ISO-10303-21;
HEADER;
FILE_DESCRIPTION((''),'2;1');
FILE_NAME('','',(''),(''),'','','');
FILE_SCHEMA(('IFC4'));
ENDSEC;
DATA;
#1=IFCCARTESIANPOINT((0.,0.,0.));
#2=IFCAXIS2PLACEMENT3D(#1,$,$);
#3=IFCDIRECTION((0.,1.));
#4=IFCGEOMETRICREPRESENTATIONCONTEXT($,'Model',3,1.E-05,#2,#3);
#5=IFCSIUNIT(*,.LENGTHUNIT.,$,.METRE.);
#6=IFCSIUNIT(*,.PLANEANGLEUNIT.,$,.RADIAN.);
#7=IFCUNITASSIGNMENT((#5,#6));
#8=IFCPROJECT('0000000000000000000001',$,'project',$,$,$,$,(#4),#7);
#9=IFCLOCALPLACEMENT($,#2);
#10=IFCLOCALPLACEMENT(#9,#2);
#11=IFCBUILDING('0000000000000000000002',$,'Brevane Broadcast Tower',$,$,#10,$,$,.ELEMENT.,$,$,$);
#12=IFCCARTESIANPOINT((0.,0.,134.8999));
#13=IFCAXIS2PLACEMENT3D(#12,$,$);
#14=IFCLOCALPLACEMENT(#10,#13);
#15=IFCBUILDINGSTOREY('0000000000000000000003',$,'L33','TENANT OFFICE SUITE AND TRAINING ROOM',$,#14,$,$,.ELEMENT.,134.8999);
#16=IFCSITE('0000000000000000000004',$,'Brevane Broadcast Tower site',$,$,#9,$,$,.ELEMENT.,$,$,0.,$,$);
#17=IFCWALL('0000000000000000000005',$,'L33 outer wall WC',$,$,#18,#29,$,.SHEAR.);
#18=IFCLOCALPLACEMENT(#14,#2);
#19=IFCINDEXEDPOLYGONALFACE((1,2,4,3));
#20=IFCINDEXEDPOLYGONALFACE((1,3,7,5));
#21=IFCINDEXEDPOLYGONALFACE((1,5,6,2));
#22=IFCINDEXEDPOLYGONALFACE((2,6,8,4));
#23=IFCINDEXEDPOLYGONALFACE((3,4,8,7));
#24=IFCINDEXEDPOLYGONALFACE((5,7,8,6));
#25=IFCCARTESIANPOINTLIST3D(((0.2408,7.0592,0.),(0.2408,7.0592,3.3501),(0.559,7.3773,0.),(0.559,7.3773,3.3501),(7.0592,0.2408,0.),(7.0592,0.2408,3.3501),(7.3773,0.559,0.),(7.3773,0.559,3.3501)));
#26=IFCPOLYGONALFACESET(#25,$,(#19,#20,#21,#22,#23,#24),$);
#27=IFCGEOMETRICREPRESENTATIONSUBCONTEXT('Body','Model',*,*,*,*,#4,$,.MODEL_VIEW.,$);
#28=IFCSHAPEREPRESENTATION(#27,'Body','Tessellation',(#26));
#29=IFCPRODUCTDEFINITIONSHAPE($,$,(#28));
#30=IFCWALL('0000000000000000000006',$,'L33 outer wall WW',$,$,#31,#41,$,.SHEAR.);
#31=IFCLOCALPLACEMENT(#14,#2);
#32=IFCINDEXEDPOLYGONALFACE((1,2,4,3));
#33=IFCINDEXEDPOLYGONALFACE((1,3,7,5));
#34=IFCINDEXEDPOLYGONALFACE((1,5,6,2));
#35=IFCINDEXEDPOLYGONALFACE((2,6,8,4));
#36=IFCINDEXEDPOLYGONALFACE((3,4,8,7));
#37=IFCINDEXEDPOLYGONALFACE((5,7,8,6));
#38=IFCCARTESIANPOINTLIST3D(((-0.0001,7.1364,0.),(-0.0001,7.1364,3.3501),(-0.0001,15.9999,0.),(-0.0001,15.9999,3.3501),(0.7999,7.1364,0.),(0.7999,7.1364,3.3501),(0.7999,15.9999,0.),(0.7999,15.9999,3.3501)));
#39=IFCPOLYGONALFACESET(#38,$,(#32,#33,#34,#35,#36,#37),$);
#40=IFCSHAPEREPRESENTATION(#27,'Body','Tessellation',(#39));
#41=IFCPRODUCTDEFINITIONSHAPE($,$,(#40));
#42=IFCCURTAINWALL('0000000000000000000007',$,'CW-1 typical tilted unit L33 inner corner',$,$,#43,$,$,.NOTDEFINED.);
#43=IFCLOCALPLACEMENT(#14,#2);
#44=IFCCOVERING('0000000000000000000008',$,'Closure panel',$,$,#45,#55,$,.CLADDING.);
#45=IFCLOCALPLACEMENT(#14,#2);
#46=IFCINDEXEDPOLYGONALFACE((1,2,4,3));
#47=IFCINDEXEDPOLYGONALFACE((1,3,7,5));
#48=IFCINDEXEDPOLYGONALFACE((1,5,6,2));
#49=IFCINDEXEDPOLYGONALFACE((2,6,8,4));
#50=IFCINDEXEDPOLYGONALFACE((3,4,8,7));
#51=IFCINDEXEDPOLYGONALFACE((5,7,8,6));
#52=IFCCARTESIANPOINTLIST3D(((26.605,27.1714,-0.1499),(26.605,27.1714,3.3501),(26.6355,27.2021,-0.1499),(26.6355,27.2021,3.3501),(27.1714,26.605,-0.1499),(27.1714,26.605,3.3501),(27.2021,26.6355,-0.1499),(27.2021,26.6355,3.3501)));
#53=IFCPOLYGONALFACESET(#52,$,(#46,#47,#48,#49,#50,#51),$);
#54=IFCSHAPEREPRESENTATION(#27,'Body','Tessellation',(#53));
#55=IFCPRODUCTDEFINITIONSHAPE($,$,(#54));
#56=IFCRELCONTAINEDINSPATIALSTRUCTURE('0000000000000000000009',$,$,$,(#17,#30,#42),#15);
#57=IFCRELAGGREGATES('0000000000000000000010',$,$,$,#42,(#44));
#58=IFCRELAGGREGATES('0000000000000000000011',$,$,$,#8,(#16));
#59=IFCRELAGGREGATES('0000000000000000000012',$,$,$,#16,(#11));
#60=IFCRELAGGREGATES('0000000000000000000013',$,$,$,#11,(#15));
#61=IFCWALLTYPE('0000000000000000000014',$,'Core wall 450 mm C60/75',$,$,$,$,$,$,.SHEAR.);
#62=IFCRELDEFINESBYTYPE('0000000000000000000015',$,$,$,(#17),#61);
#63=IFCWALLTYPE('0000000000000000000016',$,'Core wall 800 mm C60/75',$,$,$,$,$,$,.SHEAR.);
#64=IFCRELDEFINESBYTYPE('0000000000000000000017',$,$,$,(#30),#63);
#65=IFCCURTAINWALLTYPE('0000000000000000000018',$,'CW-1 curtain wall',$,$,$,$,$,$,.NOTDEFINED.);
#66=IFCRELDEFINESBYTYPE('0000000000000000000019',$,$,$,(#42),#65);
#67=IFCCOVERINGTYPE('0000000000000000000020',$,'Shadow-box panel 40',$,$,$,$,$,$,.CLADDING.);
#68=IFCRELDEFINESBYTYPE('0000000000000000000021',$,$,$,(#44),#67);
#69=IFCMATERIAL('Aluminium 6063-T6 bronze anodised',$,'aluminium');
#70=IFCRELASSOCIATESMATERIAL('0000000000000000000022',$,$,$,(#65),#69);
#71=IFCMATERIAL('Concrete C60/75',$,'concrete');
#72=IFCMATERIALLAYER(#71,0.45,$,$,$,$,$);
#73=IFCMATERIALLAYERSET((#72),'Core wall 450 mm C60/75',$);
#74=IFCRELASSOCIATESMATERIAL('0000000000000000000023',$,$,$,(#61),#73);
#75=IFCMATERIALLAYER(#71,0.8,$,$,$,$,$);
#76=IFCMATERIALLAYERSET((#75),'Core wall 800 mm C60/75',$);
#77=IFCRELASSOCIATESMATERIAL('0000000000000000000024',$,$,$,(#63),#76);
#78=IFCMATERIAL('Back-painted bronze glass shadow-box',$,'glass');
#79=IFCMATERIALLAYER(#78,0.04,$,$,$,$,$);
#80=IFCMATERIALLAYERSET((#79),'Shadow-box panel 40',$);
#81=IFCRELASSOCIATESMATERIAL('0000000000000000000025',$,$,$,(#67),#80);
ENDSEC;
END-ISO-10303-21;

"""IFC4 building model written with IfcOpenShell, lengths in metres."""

from ifc_helpers import new_model, si_unit, direction, frame, frame_2d, origin, place, context, subcontext, project, spatial, polyline, rectangle, outline, extrude, material, layer, layer_set, type_object, element, aggregate, save


model = new_model("IFC4")

# Units and contexts
model_context = context("Model", 3, precision=1e-05, world=origin(), true_north=direction((0.0, 1.0)))
body_context = subcontext(model_context, "Body", "Model", "MODEL_VIEW")
ifc_project = project(units=[si_unit("LENGTHUNIT", "METRE"), si_unit("PLANEANGLEUNIT", "RADIAN")], contexts=[model_context])

# Site, building, storey
site_placement = place(None, origin())
site = spatial("IfcSite", under=ifc_project, at=site_placement, Name="Brevane Broadcast Tower site", CompositionType="ELEMENT", RefElevation=0.0)
building_placement = place(site_placement, origin())
building = spatial("IfcBuilding", under=site, at=building_placement, Name="Brevane Broadcast Tower", CompositionType="ELEMENT")
storey_placement = place(building_placement, frame((0.0, 0.0, 134.8999)))
storey = spatial("IfcBuildingStorey", under=building, at=storey_placement, Name="L33", Description="TENANT OFFICE SUITE AND TRAINING ROOM", CompositionType="ELEMENT", Elevation=134.8999)

# Shared definitions
ifc_material_1 = material(Name="Aluminium 6063-T6 bronze anodised", Category="aluminium")
curtain_wall_type = type_object("IfcCurtainWallType", Name="CW-1 curtain wall", PredefinedType="NOTDEFINED", material=ifc_material_1)

# Shared definitions
ifc_material_2 = material(Name="Concrete C60/75", Category="concrete")

# Walls
ifc_layer_1 = layer(ifc_material_2, 0.45)
ifc_layer_set_1 = layer_set([ifc_layer_1], Name="Core wall 450 mm C60/75")
wall_type_1 = type_object("IfcWallType", Name="Core wall 450 mm C60/75", PredefinedType="SHEAR", material=ifc_layer_set_1)
wall_1_placement = place(storey_placement, frame((0.3999, 7.2183, 0.0), z_axis=(0.0, 0.0, 1.0), x_axis=(0.707107, -0.707107, 0.0)))
element("IfcWall", 1, at=wall_1_placement, inside=storey, type_object=wall_type_1, Name="L33 outer wall WC", PredefinedType="SHEAR", context=body_context, shape_type="SweptSolid", body=[
    extrude(rectangle(XDim=9.6426, YDim=0.45, at=frame_2d((4.8213, 0.0))), origin(), (0.0, 0.0, 1.0), 3.3501),
])
ifc_layer_2 = layer(ifc_material_2, 0.8)
ifc_layer_set_2 = layer_set([ifc_layer_2], Name="Core wall 800 mm C60/75")
wall_type_2 = type_object("IfcWallType", Name="Core wall 800 mm C60/75", PredefinedType="SHEAR", material=ifc_layer_set_2)
wall_2_placement = place(storey_placement, frame((0.3999, 7.1365, 0.0), z_axis=(0.0, 0.0, 1.0), x_axis=(0.0, 1.0, 0.0)))
element("IfcWall", 2, at=wall_2_placement, inside=storey, type_object=wall_type_2, Name="L33 outer wall WW", PredefinedType="SHEAR", context=body_context, shape_type="SweptSolid", body=[
    extrude(rectangle(XDim=8.8635, YDim=0.8, at=frame_2d((4.4316, 0.0))), origin(), (0.0, 0.0, 1.0), 3.3501),
])

# Curtain wall, covering
curtain_wall_1_placement = place(storey_placement, origin())
curtain_wall_1 = element("IfcCurtainWall", 3, at=curtain_wall_1_placement, inside=storey, type_object=curtain_wall_type, Name="CW-1 typical tilted unit L33 inner corner", PredefinedType="NOTDEFINED")
ifc_material_3 = material(Name="Back-painted bronze glass shadow-box", Category="glass")
ifc_layer_3 = layer(ifc_material_3, 0.04)
ifc_layer_set_3 = layer_set([ifc_layer_3], Name="Shadow-box panel 40")
covering_type = type_object("IfcCoveringType", Name="Shadow-box panel 40", PredefinedType="CLADDING", material=ifc_layer_set_3)
covering_placement = place(storey_placement, frame((0.0, 0.0, -0.1499)))
covering = element("IfcCovering", 4, at=covering_placement, type_object=covering_type, Name="Closure panel", PredefinedType="CLADDING", context=body_context, shape_type="SweptSolid", body=[
    extrude(outline(polyline([(27.1714, 26.605), (27.2021, 26.6355), (26.6355, 27.2021), (26.605, 27.1714), (27.1714, 26.605)])), origin(), (0.0, 0.0, 1.0), 3.5),
])
aggregate(curtain_wall_1, [covering])

save(model, "model.ifc")
